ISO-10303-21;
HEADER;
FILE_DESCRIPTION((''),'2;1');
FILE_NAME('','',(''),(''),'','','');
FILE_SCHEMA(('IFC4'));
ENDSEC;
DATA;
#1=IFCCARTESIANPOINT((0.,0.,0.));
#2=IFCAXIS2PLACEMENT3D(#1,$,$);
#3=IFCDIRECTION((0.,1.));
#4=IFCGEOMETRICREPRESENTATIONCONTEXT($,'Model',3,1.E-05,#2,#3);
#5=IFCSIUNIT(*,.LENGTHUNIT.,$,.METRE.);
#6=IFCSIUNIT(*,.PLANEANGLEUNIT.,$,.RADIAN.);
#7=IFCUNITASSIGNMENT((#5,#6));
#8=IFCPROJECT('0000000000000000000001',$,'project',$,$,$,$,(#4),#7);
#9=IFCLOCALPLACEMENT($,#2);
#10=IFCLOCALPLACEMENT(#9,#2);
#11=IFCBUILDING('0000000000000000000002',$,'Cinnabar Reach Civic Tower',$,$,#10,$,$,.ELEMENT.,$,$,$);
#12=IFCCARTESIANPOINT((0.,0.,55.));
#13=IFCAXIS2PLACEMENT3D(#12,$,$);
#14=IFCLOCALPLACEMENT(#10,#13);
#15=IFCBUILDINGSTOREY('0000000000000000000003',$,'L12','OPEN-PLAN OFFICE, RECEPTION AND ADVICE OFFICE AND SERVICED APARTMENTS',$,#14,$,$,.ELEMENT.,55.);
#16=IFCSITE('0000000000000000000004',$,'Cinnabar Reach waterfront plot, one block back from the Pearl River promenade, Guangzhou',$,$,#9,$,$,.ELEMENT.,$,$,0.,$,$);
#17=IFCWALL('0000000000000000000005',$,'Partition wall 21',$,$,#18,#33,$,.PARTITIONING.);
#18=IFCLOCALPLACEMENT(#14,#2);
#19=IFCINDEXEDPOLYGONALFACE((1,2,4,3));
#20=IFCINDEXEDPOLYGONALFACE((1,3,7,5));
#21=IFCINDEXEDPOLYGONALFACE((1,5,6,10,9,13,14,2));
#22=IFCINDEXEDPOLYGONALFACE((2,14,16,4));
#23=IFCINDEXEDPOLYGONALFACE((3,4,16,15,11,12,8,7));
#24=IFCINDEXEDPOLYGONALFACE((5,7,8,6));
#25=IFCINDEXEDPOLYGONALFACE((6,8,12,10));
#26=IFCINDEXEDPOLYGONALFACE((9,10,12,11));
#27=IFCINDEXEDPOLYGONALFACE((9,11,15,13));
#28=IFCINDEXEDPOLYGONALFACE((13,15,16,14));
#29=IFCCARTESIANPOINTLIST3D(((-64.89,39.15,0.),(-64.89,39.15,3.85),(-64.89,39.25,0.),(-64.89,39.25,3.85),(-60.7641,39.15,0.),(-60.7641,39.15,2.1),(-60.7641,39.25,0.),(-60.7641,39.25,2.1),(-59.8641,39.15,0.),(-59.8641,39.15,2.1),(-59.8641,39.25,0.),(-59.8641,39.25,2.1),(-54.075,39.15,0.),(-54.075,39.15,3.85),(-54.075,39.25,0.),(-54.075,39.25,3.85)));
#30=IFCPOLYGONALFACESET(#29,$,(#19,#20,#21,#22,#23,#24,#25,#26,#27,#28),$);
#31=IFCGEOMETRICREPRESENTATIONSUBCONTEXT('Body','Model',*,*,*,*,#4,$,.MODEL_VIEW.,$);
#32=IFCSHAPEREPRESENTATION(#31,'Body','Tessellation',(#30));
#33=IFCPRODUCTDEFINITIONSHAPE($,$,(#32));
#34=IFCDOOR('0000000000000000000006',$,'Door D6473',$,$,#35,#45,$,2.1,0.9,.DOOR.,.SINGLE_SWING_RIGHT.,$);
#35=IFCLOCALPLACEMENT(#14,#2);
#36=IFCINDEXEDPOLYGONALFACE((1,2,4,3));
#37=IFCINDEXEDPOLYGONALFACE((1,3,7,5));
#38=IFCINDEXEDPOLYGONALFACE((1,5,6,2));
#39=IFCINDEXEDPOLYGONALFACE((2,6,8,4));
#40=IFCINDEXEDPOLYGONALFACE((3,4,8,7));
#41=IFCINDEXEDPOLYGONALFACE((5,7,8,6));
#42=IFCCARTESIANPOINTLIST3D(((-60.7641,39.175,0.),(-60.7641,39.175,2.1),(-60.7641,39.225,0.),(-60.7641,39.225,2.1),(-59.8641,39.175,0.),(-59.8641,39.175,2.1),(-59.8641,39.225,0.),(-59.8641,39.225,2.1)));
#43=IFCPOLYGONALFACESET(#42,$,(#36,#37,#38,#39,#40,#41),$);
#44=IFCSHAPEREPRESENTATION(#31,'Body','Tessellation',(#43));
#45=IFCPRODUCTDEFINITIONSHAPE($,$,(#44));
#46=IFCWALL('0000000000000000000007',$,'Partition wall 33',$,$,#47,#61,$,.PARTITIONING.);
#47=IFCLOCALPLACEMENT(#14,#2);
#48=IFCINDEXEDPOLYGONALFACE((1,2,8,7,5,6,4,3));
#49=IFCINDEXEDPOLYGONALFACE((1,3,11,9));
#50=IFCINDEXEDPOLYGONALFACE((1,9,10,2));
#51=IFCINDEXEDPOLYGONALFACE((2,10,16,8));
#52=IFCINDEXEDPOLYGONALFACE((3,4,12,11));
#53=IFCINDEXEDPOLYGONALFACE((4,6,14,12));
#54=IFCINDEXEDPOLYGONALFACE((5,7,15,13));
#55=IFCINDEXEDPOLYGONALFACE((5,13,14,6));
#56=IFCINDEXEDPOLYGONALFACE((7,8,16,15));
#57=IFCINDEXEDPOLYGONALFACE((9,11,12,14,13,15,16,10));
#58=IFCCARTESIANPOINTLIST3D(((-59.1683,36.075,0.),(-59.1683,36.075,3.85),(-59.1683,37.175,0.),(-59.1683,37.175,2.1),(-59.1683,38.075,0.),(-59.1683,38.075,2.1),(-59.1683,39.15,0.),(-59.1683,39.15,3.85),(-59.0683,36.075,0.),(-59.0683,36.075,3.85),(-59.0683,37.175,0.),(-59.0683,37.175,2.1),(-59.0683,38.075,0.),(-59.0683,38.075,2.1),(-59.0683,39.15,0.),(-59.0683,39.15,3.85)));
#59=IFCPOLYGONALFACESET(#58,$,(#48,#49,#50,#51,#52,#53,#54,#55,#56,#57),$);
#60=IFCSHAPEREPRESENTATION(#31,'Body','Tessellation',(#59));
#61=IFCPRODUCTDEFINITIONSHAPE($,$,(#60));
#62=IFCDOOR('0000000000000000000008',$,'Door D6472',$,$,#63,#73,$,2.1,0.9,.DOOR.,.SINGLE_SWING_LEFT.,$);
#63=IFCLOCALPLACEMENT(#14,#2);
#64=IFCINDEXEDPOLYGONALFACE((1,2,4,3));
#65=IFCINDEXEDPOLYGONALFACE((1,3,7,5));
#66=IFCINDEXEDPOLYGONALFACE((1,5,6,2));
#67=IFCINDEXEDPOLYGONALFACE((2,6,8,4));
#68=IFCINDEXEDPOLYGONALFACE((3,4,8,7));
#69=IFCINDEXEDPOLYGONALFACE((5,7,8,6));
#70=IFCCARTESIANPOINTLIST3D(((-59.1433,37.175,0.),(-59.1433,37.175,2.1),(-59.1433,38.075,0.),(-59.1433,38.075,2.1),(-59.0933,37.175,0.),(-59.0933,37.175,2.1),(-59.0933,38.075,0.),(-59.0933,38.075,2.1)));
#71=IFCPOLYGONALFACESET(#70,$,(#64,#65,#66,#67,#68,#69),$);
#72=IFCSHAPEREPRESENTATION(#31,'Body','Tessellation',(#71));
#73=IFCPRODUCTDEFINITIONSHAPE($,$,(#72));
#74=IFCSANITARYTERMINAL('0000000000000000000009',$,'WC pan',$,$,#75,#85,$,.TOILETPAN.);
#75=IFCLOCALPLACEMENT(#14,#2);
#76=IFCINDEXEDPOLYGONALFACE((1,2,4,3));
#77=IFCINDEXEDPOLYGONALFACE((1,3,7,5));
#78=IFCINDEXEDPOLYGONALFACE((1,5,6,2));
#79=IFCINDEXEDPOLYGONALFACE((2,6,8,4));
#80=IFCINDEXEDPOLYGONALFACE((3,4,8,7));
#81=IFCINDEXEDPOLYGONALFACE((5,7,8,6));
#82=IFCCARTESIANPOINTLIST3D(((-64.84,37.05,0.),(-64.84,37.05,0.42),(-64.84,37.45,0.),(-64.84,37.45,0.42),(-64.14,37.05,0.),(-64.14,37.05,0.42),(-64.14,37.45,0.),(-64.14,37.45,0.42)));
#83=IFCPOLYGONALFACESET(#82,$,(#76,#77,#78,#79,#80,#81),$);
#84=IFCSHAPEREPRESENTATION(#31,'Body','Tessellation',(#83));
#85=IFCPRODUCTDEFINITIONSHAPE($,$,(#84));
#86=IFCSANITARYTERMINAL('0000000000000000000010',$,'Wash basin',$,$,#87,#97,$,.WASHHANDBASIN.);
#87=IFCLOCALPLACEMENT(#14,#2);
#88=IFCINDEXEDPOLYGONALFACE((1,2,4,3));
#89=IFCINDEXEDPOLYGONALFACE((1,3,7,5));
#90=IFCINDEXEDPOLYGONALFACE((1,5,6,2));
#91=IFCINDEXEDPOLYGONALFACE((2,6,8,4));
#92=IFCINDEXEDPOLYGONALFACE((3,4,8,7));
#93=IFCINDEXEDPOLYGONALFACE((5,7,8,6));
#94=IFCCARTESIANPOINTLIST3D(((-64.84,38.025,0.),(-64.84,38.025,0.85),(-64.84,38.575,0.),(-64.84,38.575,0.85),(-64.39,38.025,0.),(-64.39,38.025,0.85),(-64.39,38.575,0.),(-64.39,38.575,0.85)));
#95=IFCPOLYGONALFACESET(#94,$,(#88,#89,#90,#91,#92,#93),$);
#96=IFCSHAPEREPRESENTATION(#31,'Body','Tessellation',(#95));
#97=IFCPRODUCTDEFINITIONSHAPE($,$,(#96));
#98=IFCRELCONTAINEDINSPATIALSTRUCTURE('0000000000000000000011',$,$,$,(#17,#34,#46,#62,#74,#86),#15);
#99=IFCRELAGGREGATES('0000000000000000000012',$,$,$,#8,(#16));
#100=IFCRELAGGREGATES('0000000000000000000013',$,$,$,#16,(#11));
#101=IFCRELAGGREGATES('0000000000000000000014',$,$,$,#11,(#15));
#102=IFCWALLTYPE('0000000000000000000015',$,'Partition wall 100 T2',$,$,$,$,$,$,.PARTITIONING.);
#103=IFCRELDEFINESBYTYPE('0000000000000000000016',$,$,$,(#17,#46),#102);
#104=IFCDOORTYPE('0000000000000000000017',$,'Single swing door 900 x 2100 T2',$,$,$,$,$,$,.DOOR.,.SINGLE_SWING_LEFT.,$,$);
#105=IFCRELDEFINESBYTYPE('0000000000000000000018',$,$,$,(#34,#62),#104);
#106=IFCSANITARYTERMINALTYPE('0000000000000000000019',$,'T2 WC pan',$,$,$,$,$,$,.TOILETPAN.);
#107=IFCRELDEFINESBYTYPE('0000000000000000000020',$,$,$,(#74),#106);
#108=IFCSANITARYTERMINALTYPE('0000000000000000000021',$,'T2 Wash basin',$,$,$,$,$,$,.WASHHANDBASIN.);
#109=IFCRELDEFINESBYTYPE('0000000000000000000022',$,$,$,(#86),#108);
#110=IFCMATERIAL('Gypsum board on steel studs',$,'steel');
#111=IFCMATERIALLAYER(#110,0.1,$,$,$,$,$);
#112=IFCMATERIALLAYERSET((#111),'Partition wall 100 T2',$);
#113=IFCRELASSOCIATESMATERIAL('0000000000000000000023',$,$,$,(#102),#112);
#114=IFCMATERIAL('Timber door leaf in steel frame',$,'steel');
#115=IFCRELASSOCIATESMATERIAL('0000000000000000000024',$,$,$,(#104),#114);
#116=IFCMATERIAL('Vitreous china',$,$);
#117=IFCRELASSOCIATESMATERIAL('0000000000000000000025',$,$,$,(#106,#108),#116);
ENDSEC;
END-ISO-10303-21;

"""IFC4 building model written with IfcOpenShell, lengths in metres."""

from ifc_helpers import new_model, si_unit, direction, frame, frame_2d, origin, origin_2d, place, context, subcontext, project, spatial, rectangle, extrude, material, layer, layer_set, type_object, element, fill, save


model = new_model("IFC4")

# Units and contexts
model_context = context("Model", 3, precision=1e-05, world=origin(), true_north=direction((0.0, 1.0)))
body_context = subcontext(model_context, "Body", "Model", "MODEL_VIEW")
ifc_project = project(units=[si_unit("LENGTHUNIT", "METRE"), si_unit("PLANEANGLEUNIT", "RADIAN")], contexts=[model_context])

# Site, building, storey
site_placement = place(None, origin())
site = spatial("IfcSite", under=ifc_project, at=site_placement, Name="Cinnabar Reach waterfront plot, one block back from the Pearl River promenade, Guangzhou", CompositionType="ELEMENT", RefElevation=0.0)
building_placement = place(site_placement, origin())
building = spatial("IfcBuilding", under=site, at=building_placement, Name="Cinnabar Reach Civic Tower", CompositionType="ELEMENT")
storey_placement = place(building_placement, frame((0.0, 0.0, 55.0)))
storey = spatial("IfcBuildingStorey", under=building, at=storey_placement, Name="L12", Description="OPEN-PLAN OFFICE, RECEPTION AND ADVICE OFFICE AND SERVICED APARTMENTS", CompositionType="ELEMENT", Elevation=55.0)

# Walls, openings, doors
ifc_material_1 = material(Name="Gypsum board on steel studs", Category="steel")
ifc_layer_1 = layer(ifc_material_1, 0.1)
ifc_layer_set_1 = layer_set([ifc_layer_1], Name="Partition wall 100 T2")
wall_type_1 = type_object("IfcWallType", Name="Partition wall 100 T2", PredefinedType="PARTITIONING", material=ifc_layer_set_1)
wall_1_placement = place(storey_placement, frame((-64.89, 39.2, 0.0), z_axis=(0.0, 0.0, 1.0), x_axis=(1.0, 0.0, 0.0)))
wall_1 = element("IfcWall", 1, at=wall_1_placement, inside=storey, type_object=wall_type_1, Name="Partition wall 21", PredefinedType="PARTITIONING", context=body_context, shape_type="SweptSolid", body=[
    extrude(rectangle(XDim=10.815, YDim=0.1, at=frame_2d((5.4075, 0.0))), origin(), (0.0, 0.0, 1.0), 3.85),
])
opening_1_placement = place(wall_1_placement, frame((4.1259, 0.0, 0.0)))
opening_1 = element("IfcOpeningElement", 2, at=opening_1_placement, cuts=wall_1, PredefinedType="OPENING", context=body_context, shape_type="SweptSolid", body=[
    extrude(rectangle(XDim=0.9, YDim=2.1, at=frame_2d((0.45, 1.05))), frame((0.0, 0.06, 0.0), z_axis=(0.0, -1.0, 0.0), x_axis=(1.0, 0.0, 0.0)), (0.0, 0.0, 1.0), 0.12),
])
ifc_material_2 = material(Name="Timber door leaf in steel frame", Category="steel")
door_type = type_object("IfcDoorType", Name="Single swing door 900 x 2100 T2", OperationType="SINGLE_SWING_LEFT", PredefinedType="DOOR", material=ifc_material_2)
door_1_placement = place(opening_1_placement, frame((0.9, 0.0, 0.0), z_axis=(0.0, 0.0, 1.0), x_axis=(-1.0, 0.0, 0.0)))
door_1 = element("IfcDoor", 3, at=door_1_placement, inside=storey, type_object=door_type, Name="Door D6473", OperationType="SINGLE_SWING_RIGHT", OverallHeight=2.1, OverallWidth=0.9, PredefinedType="DOOR", context=body_context, shape_type="SweptSolid", body=[
    extrude(rectangle(XDim=0.9, YDim=2.1, at=frame_2d((0.45, 1.05))), frame((0.0, 0.025, 0.0), z_axis=(0.0, -1.0, 0.0), x_axis=(1.0, 0.0, 0.0)), (0.0, 0.0, 1.0), 0.05),
])
fill(opening_1, door_1)
wall_2_placement = place(storey_placement, frame((-59.1183, 36.075, 0.0), z_axis=(0.0, 0.0, 1.0), x_axis=(0.0, 1.0, 0.0)))
wall_2 = element("IfcWall", 4, at=wall_2_placement, inside=storey, type_object=wall_type_1, Name="Partition wall 33", PredefinedType="PARTITIONING", context=body_context, shape_type="SweptSolid", body=[
    extrude(rectangle(XDim=3.075, YDim=0.1, at=frame_2d((1.5375, 0.0))), origin(), (0.0, 0.0, 1.0), 3.85),
])
opening_2_placement = place(wall_2_placement, frame((1.1, 0.0, 0.0)))
opening_2 = element("IfcOpeningElement", 5, at=opening_2_placement, cuts=wall_2, PredefinedType="OPENING", context=body_context, shape_type="SweptSolid", body=[
    extrude(rectangle(XDim=0.9, YDim=2.1, at=frame_2d((0.45, 1.05))), frame((0.0, 0.06, 0.0), z_axis=(0.0, -1.0, 0.0), x_axis=(1.0, 0.0, 0.0)), (0.0, 0.0, 1.0), 0.12),
])
door_2_placement = place(opening_2_placement, origin())
door_2 = element("IfcDoor", 6, at=door_2_placement, inside=storey, type_object=door_type, Name="Door D6472", OperationType="SINGLE_SWING_LEFT", OverallHeight=2.1, OverallWidth=0.9, PredefinedType="DOOR", context=body_context, shape_type="SweptSolid", body=[
    extrude(rectangle(XDim=0.9, YDim=2.1, at=frame_2d((0.45, 1.05))), frame((0.0, 0.025, 0.0), z_axis=(0.0, -1.0, 0.0), x_axis=(1.0, 0.0, 0.0)), (0.0, 0.0, 1.0), 0.05),
])
fill(opening_2, door_2)

# Sanitary terminals
ifc_material_3 = material(Name="Vitreous china")
sanitary_terminal_type_1 = type_object("IfcSanitaryTerminalType", Name="T2 WC pan", PredefinedType="TOILETPAN", material=ifc_material_3)
sanitary_terminal_1_placement = place(storey_placement, frame((-64.49, 37.25, 0.0), z_axis=(0.0, 0.0, 1.0), x_axis=(1.0, 0.0, 0.0)))
element("IfcSanitaryTerminal", 7, at=sanitary_terminal_1_placement, inside=storey, type_object=sanitary_terminal_type_1, Name="WC pan", PredefinedType="TOILETPAN", context=body_context, shape_type="SweptSolid", body=[
    extrude(rectangle(XDim=0.7, YDim=0.4, at=origin_2d()), origin(), (0.0, 0.0, 1.0), 0.42),
])
sanitary_terminal_type_2 = type_object("IfcSanitaryTerminalType", Name="T2 Wash basin", PredefinedType="WASHHANDBASIN", material=ifc_material_3)
sanitary_terminal_2_placement = place(storey_placement, frame((-64.615, 38.3, 0.0), z_axis=(0.0, 0.0, 1.0), x_axis=(1.0, 0.0, 0.0)))
element("IfcSanitaryTerminal", 8, at=sanitary_terminal_2_placement, inside=storey, type_object=sanitary_terminal_type_2, Name="Wash basin", PredefinedType="WASHHANDBASIN", context=body_context, shape_type="SweptSolid", body=[
    extrude(rectangle(XDim=0.45, YDim=0.55, at=origin_2d()), origin(), (0.0, 0.0, 1.0), 0.85),
])

save(model, "model.ifc")
